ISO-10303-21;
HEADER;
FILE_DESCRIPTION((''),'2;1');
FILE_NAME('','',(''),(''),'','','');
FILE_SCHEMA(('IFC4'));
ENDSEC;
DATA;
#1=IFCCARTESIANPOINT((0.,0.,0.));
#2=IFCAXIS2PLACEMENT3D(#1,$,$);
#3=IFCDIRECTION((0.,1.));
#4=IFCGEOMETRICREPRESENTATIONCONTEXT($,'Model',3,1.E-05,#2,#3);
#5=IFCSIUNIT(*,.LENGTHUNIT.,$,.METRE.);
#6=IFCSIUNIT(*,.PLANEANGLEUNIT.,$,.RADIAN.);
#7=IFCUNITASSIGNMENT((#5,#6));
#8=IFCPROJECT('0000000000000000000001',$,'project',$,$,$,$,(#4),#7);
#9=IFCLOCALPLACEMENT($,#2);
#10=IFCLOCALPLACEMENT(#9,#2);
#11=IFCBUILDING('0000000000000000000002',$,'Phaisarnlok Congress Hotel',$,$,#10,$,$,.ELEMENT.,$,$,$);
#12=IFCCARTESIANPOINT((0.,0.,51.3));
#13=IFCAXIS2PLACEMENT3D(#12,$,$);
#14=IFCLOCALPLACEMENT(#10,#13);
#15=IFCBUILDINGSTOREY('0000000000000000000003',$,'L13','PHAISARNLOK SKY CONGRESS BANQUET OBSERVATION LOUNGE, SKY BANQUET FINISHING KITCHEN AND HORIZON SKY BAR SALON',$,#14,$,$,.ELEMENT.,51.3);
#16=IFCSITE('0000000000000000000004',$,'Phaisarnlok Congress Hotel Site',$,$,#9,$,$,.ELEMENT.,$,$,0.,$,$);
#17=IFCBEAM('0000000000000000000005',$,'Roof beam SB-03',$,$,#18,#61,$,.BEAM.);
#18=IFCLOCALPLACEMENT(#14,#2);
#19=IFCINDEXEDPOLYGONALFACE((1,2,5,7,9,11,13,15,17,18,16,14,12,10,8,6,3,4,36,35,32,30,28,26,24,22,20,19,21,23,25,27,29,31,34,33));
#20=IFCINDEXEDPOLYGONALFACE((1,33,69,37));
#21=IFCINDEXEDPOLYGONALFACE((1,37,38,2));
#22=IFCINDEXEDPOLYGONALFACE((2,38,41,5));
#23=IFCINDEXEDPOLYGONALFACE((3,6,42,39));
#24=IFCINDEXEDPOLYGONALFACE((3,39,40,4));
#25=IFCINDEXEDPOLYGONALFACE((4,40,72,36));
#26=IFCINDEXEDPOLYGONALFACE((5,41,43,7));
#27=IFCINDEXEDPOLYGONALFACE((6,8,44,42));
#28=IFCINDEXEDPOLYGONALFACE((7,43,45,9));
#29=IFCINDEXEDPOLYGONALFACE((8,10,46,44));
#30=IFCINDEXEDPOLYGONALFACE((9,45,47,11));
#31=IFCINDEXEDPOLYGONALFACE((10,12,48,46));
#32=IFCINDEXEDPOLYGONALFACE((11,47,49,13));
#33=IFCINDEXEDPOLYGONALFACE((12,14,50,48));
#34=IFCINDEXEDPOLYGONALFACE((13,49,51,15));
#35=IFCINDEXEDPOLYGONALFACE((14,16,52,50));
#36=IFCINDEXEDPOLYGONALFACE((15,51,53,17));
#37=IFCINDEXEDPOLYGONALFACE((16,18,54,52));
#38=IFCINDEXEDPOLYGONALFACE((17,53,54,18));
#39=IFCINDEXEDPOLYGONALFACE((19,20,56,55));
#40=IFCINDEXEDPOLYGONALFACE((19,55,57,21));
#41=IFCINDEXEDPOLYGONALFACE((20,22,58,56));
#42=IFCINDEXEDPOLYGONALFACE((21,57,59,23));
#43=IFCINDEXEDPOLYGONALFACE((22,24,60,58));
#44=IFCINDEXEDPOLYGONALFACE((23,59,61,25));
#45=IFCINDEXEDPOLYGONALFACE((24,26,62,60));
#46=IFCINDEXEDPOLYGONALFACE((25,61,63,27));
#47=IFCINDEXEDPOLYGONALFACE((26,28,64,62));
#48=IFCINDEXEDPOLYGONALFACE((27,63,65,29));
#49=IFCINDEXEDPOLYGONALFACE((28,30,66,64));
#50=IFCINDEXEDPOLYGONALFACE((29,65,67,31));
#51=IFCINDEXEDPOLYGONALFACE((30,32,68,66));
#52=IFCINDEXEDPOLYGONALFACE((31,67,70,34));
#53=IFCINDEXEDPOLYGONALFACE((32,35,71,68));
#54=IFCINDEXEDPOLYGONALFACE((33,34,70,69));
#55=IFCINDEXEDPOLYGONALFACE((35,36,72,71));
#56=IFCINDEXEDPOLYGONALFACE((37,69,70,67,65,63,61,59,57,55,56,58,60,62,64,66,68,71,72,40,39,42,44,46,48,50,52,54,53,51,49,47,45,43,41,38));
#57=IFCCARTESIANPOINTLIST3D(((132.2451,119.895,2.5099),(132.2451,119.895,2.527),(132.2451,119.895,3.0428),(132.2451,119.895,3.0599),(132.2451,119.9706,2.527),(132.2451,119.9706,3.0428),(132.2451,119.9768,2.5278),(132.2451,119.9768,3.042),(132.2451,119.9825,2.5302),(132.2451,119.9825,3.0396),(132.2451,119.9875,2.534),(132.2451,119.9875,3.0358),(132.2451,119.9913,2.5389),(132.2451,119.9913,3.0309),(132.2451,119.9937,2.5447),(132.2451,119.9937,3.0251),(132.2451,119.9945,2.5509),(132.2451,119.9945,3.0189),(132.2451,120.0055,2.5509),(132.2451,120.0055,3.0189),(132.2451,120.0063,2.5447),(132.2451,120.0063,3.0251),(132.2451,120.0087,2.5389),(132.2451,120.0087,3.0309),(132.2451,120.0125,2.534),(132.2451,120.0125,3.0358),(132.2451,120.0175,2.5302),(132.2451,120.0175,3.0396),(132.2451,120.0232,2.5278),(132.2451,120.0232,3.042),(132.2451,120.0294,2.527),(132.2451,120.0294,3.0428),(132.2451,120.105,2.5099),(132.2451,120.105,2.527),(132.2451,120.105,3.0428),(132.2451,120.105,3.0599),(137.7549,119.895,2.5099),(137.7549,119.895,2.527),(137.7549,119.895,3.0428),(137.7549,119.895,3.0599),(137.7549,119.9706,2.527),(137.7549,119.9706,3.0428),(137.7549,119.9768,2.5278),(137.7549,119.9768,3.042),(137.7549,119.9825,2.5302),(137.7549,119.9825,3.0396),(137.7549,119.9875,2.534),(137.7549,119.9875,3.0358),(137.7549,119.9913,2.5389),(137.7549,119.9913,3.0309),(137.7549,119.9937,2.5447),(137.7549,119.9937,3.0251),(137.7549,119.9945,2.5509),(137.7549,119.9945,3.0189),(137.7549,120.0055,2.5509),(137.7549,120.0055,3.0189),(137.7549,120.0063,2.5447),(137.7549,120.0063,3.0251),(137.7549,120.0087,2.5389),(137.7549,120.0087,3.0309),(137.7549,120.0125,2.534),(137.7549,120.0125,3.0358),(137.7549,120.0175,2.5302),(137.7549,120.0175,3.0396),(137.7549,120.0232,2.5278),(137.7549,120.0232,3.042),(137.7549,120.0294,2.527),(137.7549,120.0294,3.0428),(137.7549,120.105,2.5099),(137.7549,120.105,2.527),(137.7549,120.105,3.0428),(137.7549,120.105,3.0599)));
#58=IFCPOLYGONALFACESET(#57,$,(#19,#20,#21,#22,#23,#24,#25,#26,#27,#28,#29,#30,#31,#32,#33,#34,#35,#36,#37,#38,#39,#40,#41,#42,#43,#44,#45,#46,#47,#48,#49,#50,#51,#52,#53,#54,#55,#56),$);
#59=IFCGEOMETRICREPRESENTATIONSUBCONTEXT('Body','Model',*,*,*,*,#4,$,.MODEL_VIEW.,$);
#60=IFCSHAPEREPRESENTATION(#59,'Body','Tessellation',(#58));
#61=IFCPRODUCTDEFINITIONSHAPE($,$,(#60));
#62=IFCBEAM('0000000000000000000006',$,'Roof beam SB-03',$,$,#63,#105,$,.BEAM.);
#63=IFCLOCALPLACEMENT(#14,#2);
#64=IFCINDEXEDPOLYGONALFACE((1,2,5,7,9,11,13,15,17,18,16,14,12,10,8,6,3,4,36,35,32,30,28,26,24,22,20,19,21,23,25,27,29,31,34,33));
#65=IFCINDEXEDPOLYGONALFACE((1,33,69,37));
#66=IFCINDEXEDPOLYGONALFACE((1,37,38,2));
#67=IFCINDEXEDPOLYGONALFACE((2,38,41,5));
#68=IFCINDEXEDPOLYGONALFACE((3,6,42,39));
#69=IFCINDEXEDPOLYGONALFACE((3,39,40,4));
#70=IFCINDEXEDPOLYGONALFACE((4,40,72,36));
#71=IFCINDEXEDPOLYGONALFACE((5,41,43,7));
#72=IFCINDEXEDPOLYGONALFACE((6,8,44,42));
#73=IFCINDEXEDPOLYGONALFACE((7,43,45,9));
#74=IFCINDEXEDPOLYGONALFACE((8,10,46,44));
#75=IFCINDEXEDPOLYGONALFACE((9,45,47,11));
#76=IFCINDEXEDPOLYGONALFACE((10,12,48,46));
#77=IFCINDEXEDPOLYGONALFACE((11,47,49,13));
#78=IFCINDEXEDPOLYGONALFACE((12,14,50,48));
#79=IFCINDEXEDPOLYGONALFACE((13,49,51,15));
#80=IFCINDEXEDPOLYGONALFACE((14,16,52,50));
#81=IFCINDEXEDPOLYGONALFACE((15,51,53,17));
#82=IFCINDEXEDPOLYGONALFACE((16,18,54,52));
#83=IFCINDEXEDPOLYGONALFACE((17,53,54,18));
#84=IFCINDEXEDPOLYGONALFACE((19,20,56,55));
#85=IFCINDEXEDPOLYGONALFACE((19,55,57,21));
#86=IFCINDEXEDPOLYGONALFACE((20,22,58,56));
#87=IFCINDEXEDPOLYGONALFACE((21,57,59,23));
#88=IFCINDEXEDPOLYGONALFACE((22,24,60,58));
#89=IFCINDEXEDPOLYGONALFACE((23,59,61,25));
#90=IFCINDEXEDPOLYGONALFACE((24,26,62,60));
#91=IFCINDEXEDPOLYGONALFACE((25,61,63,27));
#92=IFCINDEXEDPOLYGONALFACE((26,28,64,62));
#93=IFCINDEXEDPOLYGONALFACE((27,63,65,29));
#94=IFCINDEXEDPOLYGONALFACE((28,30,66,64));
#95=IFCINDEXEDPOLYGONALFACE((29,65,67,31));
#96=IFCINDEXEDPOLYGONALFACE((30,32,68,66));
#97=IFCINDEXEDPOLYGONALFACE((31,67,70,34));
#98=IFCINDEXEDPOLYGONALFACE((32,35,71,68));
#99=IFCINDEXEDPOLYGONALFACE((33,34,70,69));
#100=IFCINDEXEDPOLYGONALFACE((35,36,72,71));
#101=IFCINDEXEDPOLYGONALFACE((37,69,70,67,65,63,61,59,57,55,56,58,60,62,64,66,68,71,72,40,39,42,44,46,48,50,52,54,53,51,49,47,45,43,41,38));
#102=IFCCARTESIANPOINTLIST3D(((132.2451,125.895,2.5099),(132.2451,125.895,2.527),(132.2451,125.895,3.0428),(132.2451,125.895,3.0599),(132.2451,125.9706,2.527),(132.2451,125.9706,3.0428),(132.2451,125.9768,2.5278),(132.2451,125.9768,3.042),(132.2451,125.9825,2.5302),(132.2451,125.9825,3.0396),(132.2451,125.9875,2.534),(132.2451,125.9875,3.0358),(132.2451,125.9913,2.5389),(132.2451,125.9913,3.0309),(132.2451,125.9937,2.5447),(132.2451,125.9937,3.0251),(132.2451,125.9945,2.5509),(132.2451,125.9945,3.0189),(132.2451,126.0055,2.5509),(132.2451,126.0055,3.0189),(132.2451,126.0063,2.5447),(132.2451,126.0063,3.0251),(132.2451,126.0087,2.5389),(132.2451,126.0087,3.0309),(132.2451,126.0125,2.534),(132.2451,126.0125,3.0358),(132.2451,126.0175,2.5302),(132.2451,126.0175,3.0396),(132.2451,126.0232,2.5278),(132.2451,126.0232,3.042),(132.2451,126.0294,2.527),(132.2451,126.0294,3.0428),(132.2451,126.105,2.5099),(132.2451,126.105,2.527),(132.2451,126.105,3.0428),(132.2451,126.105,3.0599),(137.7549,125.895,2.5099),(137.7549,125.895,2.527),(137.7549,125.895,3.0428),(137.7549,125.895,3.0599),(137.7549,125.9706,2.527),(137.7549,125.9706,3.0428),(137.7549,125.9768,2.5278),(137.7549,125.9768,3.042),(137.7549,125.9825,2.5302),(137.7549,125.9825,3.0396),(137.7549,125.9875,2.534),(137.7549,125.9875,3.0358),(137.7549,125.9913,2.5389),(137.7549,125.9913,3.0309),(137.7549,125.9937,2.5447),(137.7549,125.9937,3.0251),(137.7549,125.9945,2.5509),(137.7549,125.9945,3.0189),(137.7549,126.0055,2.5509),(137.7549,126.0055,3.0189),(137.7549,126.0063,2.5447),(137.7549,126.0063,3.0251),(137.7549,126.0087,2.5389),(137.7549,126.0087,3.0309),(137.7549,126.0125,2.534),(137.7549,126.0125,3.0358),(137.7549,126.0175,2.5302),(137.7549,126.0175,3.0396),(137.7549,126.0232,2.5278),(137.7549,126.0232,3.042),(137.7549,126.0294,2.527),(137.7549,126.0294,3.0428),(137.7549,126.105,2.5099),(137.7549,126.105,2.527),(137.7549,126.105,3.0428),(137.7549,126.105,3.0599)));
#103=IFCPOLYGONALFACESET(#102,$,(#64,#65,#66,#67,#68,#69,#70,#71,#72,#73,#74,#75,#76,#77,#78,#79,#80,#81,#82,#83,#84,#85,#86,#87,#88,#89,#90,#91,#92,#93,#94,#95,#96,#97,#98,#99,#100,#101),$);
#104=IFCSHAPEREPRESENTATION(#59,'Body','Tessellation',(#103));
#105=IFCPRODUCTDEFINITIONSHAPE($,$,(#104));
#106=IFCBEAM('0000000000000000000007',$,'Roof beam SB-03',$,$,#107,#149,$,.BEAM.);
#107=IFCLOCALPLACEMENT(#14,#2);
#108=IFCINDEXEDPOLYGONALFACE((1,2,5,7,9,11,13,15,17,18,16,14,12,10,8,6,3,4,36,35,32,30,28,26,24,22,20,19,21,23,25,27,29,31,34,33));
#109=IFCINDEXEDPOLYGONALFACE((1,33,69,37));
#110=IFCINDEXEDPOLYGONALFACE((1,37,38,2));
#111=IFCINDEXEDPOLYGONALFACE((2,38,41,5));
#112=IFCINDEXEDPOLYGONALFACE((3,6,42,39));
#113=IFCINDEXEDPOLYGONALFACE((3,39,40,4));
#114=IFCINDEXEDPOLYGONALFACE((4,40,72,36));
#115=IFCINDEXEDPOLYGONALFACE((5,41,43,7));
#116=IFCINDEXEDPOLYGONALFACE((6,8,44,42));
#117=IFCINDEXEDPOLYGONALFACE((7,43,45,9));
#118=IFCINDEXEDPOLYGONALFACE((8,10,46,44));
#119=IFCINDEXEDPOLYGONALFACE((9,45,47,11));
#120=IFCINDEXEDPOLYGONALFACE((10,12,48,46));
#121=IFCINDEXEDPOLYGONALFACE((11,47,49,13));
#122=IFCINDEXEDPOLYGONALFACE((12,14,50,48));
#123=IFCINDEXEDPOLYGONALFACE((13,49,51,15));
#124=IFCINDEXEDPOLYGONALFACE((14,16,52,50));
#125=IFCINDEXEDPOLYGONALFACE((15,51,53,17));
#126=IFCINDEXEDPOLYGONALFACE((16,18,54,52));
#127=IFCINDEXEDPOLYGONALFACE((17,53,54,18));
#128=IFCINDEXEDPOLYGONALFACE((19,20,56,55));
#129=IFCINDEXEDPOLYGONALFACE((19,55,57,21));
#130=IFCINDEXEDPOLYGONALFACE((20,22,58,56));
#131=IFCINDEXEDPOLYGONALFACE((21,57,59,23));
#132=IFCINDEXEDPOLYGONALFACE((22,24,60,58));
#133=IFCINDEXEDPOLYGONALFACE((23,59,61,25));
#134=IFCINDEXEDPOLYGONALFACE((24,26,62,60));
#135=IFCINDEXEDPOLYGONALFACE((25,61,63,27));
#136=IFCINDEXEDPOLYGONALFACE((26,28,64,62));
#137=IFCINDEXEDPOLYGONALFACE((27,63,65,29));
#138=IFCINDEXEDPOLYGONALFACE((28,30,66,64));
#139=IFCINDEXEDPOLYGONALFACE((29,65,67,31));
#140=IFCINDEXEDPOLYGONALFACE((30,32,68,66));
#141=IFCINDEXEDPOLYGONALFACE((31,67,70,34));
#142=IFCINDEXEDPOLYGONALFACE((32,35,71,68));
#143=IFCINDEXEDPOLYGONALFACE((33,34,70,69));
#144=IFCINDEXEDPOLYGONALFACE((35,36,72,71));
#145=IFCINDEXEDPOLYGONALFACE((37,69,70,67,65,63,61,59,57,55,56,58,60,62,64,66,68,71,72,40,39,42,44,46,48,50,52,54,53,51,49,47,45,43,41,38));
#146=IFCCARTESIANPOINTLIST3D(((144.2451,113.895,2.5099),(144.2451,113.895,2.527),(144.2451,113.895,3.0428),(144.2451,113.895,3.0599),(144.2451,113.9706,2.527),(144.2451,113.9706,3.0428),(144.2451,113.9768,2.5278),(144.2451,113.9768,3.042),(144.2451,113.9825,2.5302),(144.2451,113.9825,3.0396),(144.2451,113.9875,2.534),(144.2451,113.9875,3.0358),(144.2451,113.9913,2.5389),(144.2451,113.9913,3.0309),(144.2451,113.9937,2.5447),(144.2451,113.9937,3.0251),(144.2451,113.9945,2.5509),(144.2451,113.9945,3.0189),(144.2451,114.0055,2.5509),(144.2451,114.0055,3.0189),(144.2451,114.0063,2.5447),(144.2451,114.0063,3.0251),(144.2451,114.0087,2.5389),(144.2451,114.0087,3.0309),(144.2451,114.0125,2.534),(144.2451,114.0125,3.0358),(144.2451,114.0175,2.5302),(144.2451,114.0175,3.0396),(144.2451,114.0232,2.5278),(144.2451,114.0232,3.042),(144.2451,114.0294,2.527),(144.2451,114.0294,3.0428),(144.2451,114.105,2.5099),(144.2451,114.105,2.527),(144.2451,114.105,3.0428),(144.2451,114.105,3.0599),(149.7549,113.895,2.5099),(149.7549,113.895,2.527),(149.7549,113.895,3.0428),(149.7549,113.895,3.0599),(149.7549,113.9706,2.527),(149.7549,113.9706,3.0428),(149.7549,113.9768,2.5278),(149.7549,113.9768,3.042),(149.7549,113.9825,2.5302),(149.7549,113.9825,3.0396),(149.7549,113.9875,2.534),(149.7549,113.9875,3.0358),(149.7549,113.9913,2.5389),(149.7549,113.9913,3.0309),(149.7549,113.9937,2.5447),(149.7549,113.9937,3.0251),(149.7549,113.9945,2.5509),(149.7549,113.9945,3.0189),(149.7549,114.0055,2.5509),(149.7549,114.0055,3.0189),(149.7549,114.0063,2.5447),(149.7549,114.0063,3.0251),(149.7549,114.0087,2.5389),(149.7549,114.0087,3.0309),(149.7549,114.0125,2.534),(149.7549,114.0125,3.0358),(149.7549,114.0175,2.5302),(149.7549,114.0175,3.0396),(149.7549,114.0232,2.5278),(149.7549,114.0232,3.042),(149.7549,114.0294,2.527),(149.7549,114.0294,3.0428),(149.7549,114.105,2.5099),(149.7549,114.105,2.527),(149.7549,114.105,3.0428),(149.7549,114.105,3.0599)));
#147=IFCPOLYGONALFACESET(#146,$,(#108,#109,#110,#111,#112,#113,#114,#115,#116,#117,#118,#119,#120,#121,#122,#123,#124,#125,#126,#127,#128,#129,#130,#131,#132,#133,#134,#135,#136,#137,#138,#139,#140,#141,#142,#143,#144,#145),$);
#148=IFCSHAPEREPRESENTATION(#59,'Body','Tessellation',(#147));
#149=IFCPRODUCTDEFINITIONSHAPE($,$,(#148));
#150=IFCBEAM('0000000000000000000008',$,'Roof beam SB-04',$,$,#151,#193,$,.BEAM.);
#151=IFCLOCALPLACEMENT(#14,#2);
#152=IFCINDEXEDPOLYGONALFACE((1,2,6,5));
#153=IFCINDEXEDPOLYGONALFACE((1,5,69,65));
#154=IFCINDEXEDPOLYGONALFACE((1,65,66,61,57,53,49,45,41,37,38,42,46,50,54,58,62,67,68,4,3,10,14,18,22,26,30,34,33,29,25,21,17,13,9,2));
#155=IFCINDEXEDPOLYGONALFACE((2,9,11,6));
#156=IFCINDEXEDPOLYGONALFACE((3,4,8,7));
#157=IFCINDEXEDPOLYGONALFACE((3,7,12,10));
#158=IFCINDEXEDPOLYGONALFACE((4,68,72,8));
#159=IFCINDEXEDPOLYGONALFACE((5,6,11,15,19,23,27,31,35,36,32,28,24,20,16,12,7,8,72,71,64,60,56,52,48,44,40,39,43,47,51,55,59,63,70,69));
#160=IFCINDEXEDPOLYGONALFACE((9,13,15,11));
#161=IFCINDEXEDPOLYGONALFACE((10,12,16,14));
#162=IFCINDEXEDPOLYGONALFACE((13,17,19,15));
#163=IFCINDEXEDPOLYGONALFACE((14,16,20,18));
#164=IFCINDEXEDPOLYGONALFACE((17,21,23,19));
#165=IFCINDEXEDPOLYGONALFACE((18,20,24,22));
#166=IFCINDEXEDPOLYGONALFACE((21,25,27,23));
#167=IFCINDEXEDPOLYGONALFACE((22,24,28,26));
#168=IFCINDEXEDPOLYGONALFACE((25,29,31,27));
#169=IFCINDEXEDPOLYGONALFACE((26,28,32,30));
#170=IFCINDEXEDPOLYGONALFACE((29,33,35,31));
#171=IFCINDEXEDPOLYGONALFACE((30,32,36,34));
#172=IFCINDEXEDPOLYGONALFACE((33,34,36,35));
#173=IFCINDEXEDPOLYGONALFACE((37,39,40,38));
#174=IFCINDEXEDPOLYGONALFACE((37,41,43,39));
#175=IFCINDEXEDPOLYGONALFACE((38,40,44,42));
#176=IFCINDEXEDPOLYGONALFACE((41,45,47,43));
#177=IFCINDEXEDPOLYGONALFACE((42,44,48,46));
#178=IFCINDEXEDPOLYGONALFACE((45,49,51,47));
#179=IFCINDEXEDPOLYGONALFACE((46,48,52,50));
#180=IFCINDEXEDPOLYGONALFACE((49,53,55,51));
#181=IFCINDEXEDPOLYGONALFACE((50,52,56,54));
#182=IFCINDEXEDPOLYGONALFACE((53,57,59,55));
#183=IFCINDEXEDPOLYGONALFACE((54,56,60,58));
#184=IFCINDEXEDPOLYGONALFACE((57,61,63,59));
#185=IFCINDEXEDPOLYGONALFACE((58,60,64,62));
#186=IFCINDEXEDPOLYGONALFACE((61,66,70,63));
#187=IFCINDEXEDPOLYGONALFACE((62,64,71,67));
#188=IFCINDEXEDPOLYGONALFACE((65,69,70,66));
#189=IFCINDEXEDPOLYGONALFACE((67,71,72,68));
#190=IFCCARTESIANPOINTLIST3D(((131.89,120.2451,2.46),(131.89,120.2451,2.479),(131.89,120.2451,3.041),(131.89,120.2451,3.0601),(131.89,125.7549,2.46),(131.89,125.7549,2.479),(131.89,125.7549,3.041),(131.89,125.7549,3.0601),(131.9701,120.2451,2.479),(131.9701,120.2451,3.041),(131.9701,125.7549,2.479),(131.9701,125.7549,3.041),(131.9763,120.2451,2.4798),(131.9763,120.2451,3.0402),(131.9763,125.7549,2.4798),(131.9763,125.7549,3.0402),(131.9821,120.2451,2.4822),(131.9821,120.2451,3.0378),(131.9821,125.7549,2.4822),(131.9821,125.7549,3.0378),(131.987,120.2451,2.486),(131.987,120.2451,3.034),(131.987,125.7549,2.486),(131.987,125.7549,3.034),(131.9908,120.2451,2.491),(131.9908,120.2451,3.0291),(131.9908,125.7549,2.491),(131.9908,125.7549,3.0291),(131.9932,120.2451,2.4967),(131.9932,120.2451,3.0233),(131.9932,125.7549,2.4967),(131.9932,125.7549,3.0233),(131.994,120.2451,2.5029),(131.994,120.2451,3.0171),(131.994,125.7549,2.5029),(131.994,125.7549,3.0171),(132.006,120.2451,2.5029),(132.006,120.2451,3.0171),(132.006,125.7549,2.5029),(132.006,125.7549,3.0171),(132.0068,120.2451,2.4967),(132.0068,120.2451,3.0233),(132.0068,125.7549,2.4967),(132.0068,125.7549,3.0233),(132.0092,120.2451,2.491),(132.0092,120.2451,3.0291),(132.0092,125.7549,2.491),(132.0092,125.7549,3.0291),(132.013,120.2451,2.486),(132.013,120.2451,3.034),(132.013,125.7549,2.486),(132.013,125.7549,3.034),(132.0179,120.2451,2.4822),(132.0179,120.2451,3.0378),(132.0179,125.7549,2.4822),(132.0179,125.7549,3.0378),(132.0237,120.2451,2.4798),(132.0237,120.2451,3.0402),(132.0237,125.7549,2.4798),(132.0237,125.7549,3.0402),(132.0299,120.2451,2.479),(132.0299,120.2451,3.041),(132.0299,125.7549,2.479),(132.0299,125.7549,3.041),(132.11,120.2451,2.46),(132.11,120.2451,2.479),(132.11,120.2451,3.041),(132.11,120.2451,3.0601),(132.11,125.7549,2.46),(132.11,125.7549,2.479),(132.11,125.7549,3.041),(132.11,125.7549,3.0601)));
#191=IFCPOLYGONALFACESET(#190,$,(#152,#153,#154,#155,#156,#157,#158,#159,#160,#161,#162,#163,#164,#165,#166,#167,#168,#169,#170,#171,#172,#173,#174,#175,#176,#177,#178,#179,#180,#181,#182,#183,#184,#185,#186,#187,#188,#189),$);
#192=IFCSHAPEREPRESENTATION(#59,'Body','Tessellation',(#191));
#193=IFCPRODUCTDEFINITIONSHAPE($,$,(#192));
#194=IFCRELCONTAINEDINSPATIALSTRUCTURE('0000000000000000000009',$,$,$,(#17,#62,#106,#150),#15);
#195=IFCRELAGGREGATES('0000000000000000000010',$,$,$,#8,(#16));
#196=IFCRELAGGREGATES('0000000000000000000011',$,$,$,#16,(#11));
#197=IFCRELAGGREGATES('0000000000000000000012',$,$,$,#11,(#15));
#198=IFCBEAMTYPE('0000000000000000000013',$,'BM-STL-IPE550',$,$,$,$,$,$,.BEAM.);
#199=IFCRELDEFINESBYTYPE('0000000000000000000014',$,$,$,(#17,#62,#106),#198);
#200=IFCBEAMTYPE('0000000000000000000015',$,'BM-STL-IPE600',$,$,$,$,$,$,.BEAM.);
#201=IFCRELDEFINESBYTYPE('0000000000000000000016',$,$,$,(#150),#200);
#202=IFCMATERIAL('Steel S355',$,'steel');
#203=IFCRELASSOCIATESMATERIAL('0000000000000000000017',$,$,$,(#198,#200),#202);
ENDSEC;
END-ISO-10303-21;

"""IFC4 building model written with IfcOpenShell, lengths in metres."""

from ifc_helpers import new_model, si_unit, direction, frame, origin, origin_2d, place, context, subcontext, project, spatial, i_section, extrude, material, material_profile, profile_set, type_object, element, save


model = new_model("IFC4")

# Units and contexts
model_context = context("Model", 3, precision=1e-05, world=origin(), true_north=direction((0.0, 1.0)))
body_context = subcontext(model_context, "Body", "Model", "MODEL_VIEW")
ifc_project = project(units=[si_unit("LENGTHUNIT", "METRE"), si_unit("PLANEANGLEUNIT", "RADIAN")], contexts=[model_context])

# Site, building, storey
site_placement = place(None, origin())
site = spatial("IfcSite", under=ifc_project, at=site_placement, Name="Phaisarnlok Congress Hotel Site", CompositionType="ELEMENT", RefElevation=0.0)
building_placement = place(site_placement, origin())
building = spatial("IfcBuilding", under=site, at=building_placement, Name="Phaisarnlok Congress Hotel", CompositionType="ELEMENT")
storey_placement = place(building_placement, frame((0.0, 0.0, 51.3)))
storey = spatial("IfcBuildingStorey", under=building, at=storey_placement, Name="L13", Description="PHAISARNLOK SKY CONGRESS BANQUET OBSERVATION LOUNGE, SKY BANQUET FINISHING KITCHEN AND HORIZON SKY BAR SALON", CompositionType="ELEMENT", Elevation=51.3)

# Beams
ifc_material_1 = material(Name="Steel S355", Category="steel")
ifc_material_profile_1 = material_profile(ifc_material_1, i_section(OverallWidth=0.21, OverallDepth=0.55, WebThickness=0.011, FlangeThickness=0.0171, FilletRadius=0.0239, at=origin_2d()), Name="IPE 550")
ifc_profile_set_1 = profile_set([ifc_material_profile_1], Name="Steel S355")
beam_type_1 = type_object("IfcBeamType", Name="BM-STL-IPE550", PredefinedType="BEAM", material=ifc_profile_set_1)
for number, where, z_axis, x_axis, name in (
    (1, (132.2451, 120.0, 2.7849), (1.0, 0.0, 0.0), (0.0, 1.0, 0.0), "Roof beam SB-03"),
    (2, (132.2451, 126.0, 2.7849), (1.0, 0.0, 0.0), (0.0, 1.0, 0.0), "Roof beam SB-03"),
    (3, (144.2451, 114.0, 2.7849), (1.0, 0.0, 0.0), (0.0, 1.0, 0.0), "Roof beam SB-03"),
):
    element("IfcBeam", number, at=place(storey_placement, frame(where, z_axis=z_axis, x_axis=x_axis)), inside=storey, type_object=beam_type_1, Name=name, PredefinedType="BEAM", context=body_context, shape_type="SweptSolid", body=[
        extrude(i_section(OverallWidth=0.21, OverallDepth=0.55, WebThickness=0.011, FlangeThickness=0.0171, FilletRadius=0.0239, at=origin_2d()), origin(), (0.0, 0.0, 1.0), 5.5098),
    ])
ifc_material_profile_2 = material_profile(ifc_material_1, i_section(OverallWidth=0.22, OverallDepth=0.6001, WebThickness=0.012, FlangeThickness=0.019, FilletRadius=0.0239, at=origin_2d()), Name="IPE 600")
ifc_profile_set_2 = profile_set([ifc_material_profile_2], Name="Steel S355")
beam_type_2 = type_object("IfcBeamType", Name="BM-STL-IPE600", PredefinedType="BEAM", material=ifc_profile_set_2)
for number, where, z_axis, x_axis, name in (
    (4, (132.0, 120.2451, 2.76), (0.0, 1.0, 0.0), (-1.0, 0.0, 0.0), "Roof beam SB-04"),
):
    element("IfcBeam", number, at=place(storey_placement, frame(where, z_axis=z_axis, x_axis=x_axis)), inside=storey, type_object=beam_type_2, Name=name, PredefinedType="BEAM", context=body_context, shape_type="SweptSolid", body=[
        extrude(i_section(OverallWidth=0.22, OverallDepth=0.6001, WebThickness=0.012, FlangeThickness=0.019, FilletRadius=0.0239, at=origin_2d()), origin(), (0.0, 0.0, 1.0), 5.5098),
    ])

save(model, "model.ifc")
